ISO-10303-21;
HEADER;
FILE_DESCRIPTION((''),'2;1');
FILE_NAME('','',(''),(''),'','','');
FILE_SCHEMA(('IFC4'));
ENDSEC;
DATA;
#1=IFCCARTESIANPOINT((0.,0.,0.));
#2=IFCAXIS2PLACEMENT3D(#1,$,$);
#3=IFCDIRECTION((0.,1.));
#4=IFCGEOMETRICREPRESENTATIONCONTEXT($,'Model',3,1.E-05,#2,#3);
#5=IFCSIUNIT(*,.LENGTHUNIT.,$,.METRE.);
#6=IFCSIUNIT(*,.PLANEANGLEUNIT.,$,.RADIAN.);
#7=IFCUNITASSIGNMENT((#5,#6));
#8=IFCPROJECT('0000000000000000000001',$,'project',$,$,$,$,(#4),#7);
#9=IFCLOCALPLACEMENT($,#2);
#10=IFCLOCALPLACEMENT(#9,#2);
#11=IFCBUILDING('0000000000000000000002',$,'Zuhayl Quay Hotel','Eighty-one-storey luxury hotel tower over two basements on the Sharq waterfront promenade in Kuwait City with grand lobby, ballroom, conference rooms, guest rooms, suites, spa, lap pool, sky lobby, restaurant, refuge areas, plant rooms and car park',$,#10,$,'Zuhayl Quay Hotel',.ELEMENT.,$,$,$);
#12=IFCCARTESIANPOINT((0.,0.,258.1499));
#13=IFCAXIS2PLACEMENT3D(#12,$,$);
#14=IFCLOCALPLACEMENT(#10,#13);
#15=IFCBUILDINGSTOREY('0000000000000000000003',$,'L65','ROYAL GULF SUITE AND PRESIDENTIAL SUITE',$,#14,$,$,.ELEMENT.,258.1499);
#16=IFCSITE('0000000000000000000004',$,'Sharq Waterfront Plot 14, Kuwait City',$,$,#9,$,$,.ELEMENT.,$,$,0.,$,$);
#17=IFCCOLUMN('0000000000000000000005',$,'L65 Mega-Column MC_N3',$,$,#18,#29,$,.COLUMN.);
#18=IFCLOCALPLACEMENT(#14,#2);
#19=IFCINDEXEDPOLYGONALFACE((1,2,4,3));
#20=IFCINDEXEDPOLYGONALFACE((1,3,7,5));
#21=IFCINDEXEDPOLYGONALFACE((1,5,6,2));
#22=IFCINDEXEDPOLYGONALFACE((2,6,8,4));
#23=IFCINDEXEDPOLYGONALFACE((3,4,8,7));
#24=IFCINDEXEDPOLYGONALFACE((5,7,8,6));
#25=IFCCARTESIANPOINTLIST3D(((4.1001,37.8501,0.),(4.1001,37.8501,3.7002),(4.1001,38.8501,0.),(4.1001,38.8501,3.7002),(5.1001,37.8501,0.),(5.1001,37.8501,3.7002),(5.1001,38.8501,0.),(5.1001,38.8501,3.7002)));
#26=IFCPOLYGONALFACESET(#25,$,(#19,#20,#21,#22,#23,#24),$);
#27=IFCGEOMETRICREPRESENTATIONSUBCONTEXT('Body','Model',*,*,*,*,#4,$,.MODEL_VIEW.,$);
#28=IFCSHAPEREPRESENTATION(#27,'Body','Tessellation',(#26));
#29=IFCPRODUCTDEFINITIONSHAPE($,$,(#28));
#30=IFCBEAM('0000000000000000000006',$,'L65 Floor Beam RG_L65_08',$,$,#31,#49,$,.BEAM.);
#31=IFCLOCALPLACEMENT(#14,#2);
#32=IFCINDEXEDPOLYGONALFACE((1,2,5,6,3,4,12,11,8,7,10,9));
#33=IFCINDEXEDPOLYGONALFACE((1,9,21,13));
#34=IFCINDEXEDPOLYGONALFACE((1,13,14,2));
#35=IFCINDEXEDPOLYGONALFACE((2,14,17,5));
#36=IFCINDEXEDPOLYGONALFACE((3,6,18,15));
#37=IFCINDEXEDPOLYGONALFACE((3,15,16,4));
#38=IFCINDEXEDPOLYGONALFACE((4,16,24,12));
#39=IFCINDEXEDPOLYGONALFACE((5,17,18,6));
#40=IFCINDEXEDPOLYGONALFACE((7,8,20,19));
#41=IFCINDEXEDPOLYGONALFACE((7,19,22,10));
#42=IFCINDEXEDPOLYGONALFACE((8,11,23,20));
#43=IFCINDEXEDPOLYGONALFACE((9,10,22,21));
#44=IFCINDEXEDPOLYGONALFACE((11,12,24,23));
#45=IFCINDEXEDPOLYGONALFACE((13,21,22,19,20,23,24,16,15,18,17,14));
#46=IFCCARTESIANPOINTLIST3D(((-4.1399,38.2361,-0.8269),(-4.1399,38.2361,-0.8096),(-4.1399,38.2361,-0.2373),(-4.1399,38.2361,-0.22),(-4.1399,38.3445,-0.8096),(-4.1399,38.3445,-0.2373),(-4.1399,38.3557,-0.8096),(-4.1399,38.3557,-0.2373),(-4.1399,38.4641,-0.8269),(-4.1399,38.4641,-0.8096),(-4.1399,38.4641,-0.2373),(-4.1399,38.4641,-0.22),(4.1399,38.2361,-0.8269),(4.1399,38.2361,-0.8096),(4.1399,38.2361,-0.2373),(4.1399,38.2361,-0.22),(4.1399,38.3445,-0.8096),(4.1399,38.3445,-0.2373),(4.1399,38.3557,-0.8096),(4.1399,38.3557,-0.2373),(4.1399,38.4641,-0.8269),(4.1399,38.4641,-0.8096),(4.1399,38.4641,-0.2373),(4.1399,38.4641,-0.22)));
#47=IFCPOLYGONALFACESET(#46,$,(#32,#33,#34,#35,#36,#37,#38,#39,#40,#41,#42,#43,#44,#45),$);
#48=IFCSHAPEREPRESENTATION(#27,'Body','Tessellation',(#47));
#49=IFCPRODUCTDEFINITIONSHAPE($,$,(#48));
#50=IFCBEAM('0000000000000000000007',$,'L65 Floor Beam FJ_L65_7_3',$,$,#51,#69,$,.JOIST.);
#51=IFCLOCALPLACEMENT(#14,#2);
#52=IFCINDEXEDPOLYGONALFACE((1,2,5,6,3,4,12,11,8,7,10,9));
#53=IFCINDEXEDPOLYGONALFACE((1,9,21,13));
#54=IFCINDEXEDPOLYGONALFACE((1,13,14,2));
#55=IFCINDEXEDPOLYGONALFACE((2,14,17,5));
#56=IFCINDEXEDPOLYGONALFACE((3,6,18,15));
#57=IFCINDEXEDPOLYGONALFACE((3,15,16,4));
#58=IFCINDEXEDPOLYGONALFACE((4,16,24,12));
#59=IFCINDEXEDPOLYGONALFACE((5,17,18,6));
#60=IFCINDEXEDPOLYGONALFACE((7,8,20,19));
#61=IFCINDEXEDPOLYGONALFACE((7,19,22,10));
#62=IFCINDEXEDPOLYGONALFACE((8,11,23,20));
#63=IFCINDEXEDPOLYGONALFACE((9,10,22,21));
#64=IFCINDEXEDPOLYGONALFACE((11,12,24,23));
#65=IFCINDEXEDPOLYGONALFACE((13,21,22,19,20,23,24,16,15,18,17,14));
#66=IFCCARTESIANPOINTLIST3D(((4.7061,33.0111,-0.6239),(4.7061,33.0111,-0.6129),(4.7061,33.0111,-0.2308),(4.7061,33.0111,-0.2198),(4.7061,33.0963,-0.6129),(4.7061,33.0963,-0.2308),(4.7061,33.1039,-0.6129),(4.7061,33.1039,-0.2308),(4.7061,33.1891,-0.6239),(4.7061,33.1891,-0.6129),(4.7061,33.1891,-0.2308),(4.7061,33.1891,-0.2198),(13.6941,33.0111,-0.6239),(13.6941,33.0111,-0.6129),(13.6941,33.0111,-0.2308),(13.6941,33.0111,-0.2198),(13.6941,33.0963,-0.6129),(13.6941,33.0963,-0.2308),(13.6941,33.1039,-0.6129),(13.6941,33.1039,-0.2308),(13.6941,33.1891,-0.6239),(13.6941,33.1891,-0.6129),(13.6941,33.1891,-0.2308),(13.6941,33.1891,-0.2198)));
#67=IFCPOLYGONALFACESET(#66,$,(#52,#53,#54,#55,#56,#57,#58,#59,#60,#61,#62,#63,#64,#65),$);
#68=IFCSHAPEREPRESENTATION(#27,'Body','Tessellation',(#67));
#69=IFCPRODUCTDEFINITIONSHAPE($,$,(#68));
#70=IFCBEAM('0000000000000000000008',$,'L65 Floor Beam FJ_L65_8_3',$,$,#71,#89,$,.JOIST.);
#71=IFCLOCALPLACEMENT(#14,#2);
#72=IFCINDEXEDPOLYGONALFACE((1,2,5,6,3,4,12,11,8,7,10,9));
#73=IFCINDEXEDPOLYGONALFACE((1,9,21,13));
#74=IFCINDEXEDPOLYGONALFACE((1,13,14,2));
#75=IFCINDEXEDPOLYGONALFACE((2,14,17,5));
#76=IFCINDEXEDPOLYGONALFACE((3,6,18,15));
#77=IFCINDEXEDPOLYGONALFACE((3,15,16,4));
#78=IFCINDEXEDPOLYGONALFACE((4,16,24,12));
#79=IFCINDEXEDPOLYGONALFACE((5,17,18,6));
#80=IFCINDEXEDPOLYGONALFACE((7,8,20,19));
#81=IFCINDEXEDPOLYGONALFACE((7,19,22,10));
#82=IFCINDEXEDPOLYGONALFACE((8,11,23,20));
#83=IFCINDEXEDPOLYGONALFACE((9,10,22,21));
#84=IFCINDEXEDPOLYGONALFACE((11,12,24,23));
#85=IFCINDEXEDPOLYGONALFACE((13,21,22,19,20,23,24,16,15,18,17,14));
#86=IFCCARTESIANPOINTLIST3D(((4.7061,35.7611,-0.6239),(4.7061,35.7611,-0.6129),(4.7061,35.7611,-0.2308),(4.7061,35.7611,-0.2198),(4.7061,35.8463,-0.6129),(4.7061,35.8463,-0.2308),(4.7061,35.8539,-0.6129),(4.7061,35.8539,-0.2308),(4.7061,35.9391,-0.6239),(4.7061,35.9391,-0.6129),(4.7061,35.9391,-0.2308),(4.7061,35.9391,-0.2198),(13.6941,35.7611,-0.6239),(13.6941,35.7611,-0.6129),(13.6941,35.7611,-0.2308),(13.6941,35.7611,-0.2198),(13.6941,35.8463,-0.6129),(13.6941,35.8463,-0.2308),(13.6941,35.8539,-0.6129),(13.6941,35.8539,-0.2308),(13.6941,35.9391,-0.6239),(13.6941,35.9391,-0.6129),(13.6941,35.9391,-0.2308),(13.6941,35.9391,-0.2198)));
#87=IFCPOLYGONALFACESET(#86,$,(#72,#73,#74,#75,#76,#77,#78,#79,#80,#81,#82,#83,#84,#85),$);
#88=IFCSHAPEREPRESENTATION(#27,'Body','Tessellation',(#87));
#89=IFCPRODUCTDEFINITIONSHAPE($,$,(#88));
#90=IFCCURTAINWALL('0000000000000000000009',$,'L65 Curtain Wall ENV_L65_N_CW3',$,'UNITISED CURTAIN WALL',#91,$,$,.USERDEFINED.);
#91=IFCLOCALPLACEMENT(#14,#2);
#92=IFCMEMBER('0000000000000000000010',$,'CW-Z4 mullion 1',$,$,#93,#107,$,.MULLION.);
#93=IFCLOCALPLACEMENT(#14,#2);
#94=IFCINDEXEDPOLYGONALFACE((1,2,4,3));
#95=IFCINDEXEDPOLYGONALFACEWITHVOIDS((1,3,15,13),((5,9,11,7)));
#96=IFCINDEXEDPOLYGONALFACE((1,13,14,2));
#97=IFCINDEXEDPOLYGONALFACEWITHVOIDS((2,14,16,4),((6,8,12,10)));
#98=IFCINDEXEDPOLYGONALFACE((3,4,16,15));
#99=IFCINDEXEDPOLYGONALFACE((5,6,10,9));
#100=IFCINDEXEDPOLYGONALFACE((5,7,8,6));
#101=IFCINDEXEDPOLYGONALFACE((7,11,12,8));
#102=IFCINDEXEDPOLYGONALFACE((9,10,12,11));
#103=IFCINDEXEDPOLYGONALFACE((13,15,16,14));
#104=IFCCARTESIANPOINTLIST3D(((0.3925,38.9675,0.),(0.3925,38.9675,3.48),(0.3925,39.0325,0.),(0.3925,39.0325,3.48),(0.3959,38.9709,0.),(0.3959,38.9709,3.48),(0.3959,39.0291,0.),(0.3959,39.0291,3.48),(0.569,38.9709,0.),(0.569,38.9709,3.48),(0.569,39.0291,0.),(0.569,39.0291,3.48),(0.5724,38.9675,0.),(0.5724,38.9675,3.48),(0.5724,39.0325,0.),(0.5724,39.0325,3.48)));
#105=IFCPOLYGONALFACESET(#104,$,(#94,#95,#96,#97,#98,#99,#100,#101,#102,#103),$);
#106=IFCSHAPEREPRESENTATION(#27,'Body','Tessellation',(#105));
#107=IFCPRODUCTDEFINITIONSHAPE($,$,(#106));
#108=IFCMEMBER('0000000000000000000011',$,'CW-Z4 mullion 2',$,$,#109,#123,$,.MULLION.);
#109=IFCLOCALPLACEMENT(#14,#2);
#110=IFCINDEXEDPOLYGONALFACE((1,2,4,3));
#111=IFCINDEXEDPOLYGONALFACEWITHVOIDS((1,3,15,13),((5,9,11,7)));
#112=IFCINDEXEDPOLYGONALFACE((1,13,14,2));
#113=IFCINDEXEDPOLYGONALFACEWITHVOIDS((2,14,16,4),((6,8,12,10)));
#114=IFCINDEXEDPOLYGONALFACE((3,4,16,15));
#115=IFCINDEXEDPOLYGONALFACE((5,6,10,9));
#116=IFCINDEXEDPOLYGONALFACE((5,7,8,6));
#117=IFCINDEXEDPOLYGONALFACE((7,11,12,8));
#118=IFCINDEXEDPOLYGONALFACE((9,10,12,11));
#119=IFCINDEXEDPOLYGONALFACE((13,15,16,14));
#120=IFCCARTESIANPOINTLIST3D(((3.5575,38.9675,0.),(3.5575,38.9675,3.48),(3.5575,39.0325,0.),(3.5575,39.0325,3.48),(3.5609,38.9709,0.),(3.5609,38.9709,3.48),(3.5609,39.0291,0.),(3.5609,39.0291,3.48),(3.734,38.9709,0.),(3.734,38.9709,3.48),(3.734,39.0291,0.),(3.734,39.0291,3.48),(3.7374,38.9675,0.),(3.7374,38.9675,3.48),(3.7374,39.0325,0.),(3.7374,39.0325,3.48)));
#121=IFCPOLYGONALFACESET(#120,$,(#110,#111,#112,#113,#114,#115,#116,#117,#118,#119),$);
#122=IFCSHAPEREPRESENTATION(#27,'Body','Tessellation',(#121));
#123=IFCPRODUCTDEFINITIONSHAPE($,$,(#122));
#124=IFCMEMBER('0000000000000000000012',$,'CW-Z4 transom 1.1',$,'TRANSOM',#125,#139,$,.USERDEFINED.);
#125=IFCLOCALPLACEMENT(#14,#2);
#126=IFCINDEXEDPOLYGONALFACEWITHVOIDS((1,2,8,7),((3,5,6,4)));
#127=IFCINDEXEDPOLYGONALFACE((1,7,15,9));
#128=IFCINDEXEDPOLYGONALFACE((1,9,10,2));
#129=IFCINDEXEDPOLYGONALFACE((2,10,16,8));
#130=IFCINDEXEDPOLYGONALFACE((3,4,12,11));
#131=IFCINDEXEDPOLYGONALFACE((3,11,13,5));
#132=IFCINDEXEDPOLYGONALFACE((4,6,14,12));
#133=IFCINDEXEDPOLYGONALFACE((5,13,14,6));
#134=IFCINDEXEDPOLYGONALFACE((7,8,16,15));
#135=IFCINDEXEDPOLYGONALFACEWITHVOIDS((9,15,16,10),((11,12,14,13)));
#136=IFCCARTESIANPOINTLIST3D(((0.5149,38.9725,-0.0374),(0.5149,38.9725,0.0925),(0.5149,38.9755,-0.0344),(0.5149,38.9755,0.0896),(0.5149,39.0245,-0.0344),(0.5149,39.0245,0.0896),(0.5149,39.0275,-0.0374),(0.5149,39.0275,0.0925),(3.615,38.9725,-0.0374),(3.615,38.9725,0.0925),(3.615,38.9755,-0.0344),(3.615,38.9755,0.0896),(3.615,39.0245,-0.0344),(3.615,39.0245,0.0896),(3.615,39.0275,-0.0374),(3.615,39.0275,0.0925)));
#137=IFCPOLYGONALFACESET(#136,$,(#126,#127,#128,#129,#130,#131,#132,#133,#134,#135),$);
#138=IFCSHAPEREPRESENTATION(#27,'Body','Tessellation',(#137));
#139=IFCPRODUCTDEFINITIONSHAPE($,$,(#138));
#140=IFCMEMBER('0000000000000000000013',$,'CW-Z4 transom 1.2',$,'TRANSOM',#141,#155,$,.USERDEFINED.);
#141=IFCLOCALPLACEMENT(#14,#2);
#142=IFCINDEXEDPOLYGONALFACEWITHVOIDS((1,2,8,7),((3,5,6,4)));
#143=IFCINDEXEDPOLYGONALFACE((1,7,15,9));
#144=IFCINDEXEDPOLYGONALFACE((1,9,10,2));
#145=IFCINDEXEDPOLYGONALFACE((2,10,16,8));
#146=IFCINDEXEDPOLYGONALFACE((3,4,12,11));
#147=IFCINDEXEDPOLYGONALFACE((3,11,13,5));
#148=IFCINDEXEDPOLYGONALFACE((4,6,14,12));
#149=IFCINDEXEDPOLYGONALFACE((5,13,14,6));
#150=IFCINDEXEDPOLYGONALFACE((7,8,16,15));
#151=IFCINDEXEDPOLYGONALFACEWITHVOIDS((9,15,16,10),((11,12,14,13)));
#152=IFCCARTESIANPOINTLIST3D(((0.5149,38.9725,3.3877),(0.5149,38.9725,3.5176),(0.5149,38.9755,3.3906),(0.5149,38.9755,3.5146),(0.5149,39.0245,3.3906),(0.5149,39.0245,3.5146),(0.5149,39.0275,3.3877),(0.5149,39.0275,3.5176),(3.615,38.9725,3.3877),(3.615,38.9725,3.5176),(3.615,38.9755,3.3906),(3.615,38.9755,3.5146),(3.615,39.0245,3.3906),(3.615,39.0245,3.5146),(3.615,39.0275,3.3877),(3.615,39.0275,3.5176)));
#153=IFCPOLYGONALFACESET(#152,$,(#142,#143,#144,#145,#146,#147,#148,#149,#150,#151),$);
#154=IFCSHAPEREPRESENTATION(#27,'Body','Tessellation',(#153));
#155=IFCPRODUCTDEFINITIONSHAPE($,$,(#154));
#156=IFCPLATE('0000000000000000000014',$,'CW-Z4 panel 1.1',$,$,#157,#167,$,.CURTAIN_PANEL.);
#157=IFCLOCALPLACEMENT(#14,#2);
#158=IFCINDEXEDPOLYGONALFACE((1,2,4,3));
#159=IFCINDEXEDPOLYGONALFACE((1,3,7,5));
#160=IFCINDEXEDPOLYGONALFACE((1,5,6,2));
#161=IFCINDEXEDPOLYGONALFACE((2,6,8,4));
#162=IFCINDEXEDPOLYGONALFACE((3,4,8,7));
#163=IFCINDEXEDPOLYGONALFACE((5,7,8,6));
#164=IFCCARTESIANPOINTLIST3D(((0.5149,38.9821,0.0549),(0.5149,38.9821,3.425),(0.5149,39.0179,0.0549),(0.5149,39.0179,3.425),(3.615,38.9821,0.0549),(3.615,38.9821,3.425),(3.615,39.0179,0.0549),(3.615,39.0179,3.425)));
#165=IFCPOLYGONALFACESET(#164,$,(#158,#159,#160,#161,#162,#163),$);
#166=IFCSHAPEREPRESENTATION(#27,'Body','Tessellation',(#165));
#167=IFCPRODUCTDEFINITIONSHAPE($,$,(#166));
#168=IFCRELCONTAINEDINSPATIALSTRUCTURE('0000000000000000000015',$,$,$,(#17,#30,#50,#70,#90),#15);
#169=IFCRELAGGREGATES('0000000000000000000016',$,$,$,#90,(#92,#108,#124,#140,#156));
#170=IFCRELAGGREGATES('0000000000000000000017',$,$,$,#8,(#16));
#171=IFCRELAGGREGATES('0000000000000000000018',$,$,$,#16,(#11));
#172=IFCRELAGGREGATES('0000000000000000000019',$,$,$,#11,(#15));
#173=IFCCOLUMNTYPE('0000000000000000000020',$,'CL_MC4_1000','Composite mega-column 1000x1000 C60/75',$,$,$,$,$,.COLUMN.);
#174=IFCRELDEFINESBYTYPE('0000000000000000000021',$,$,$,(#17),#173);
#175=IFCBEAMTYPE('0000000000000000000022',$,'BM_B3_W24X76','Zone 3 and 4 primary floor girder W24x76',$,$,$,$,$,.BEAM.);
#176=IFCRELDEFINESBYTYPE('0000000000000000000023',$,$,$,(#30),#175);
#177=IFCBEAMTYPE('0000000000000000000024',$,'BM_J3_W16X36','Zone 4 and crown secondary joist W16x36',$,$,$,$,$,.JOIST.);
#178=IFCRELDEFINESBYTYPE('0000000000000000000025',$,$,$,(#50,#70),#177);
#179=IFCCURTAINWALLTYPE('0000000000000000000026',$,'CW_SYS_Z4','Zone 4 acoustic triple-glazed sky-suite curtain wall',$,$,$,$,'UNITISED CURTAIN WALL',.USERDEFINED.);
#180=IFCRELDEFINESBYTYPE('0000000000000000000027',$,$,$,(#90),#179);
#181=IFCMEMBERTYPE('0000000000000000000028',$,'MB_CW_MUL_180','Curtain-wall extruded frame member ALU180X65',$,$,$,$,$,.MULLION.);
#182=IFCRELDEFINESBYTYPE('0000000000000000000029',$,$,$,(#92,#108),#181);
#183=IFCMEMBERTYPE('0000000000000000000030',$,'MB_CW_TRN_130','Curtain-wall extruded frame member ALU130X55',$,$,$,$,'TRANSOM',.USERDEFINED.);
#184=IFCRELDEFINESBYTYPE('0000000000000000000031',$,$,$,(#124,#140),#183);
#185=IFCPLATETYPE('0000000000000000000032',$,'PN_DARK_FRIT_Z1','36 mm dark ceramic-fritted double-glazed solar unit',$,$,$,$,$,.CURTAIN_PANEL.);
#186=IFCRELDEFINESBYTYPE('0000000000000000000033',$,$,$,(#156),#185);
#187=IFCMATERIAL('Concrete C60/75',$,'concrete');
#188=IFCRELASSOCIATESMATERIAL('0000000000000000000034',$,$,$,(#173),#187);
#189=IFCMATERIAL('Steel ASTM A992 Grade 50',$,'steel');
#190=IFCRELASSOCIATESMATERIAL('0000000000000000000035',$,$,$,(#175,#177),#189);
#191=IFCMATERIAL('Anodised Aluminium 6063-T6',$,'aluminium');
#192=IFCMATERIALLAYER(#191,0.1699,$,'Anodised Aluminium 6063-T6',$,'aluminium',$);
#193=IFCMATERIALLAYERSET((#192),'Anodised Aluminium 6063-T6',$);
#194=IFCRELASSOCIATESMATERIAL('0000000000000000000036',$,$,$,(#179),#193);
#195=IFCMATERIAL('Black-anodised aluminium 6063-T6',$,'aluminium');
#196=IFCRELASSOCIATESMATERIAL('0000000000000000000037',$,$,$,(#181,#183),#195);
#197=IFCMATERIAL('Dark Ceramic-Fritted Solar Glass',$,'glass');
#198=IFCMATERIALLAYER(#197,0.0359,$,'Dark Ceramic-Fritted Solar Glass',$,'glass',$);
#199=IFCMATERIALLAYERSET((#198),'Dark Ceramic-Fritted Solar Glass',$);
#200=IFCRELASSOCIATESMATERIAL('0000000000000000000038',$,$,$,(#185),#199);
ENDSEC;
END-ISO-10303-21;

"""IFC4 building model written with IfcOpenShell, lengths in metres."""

from ifc_helpers import new_model, si_unit, direction, frame, origin, origin_2d, place, context, subcontext, project, spatial, rectangle, hollow_rectangle, i_section, extrude, material, layer, layer_set, material_profile, profile_set, type_object, element, aggregate, save


model = new_model("IFC4")

# Units and contexts
model_context = context("Model", 3, precision=1e-05, world=origin(), true_north=direction((0.0, 1.0)))
body_context = subcontext(model_context, "Body", "Model", "MODEL_VIEW")
ifc_project = project(units=[si_unit("LENGTHUNIT", "METRE"), si_unit("PLANEANGLEUNIT", "RADIAN")], contexts=[model_context])

# Site, building, storey
site_placement = place(None, origin())
site = spatial("IfcSite", under=ifc_project, at=site_placement, Name="Sharq Waterfront Plot 14, Kuwait City", CompositionType="ELEMENT", RefElevation=0.0)
building_placement = place(site_placement, origin())
building = spatial("IfcBuilding", under=site, at=building_placement, Name="Zuhayl Quay Hotel", Description="Eighty-one-storey luxury hotel tower over two basements on the Sharq waterfront promenade in Kuwait City with grand lobby, ballroom, conference rooms, guest rooms, suites, spa, lap pool, sky lobby, restaurant, refuge areas, plant rooms and car park", LongName="Zuhayl Quay Hotel", CompositionType="ELEMENT")
storey_placement = place(building_placement, frame((0.0, 0.0, 258.1499)))
storey = spatial("IfcBuildingStorey", under=building, at=storey_placement, Name="L65", Description="ROYAL GULF SUITE AND PRESIDENTIAL SUITE", CompositionType="ELEMENT", Elevation=258.1499)

# Column
ifc_material_1 = material(Name="Concrete C60/75", Category="concrete")
ifc_material_profile_1 = material_profile(ifc_material_1, rectangle(XDim=1.0, YDim=1.0, at=origin_2d()), Name="RC1000X1000")
ifc_profile_set_1 = profile_set([ifc_material_profile_1], Name="Concrete C60/75")
column_type = type_object("IfcColumnType", Name="CL_MC4_1000", Description="Composite mega-column 1000x1000 C60/75", PredefinedType="COLUMN", material=ifc_profile_set_1)
column_placement = place(storey_placement, frame((4.6001, 38.3501, 0.0), z_axis=(0.0, 0.0, 1.0), x_axis=(1.0, 0.0, 0.0)))
element("IfcColumn", 1, at=column_placement, inside=storey, type_object=column_type, Name="L65 Mega-Column MC_N3", PredefinedType="COLUMN", context=body_context, shape_type="SweptSolid", body=[
    extrude(rectangle(XDim=1.0, YDim=1.0, at=origin_2d()), origin(), (0.0, 0.0, 1.0), 3.7002),
])

# Beams
ifc_material_2 = material(Name="Steel ASTM A992 Grade 50", Category="steel")
ifc_material_profile_2 = material_profile(ifc_material_2, i_section(OverallWidth=0.228, OverallDepth=0.6069, WebThickness=0.0112, FlangeThickness=0.0173, at=origin_2d()), Name="W24X76")
ifc_profile_set_2 = profile_set([ifc_material_profile_2], Name="Steel ASTM A992 Grade 50")
beam_type_1 = type_object("IfcBeamType", Name="BM_B3_W24X76", Description="Zone 3 and 4 primary floor girder W24x76", PredefinedType="BEAM", material=ifc_profile_set_2)
beam_placement = place(storey_placement, frame((4.1399, 38.3501, -0.5234), z_axis=(-1.0, 0.0, 0.0), x_axis=(0.0, -1.0, 0.0)))
element("IfcBeam", 2, at=beam_placement, inside=storey, type_object=beam_type_1, Name="L65 Floor Beam RG_L65_08", PredefinedType="BEAM", context=body_context, shape_type="SweptSolid", body=[
    extrude(i_section(OverallWidth=0.228, OverallDepth=0.6069, WebThickness=0.0112, FlangeThickness=0.0173, at=origin_2d()), origin(), (0.0, 0.0, 1.0), 8.2798),
])
ifc_material_profile_3 = material_profile(ifc_material_2, i_section(OverallWidth=0.178, OverallDepth=0.4041, WebThickness=0.0076, FlangeThickness=0.011, at=origin_2d()), Name="W16X36")
ifc_profile_set_3 = profile_set([ifc_material_profile_3], Name="Steel ASTM A992 Grade 50")
beam_type_2 = type_object("IfcBeamType", Name="BM_J3_W16X36", Description="Zone 4 and crown secondary joist W16x36", PredefinedType="JOIST", material=ifc_profile_set_3)
for number, where, z_axis, x_axis, name in (
    (3, (4.7061, 33.1001, -0.4219), (1.0, 0.0, 0.0), (0.0, 1.0, 0.0), "L65 Floor Beam FJ_L65_7_3"),
    (4, (4.7061, 35.8501, -0.4219), (1.0, 0.0, 0.0), (0.0, 1.0, 0.0), "L65 Floor Beam FJ_L65_8_3"),
):
    element("IfcBeam", number, at=place(storey_placement, frame(where, z_axis=z_axis, x_axis=x_axis)), inside=storey, type_object=beam_type_2, Name=name, PredefinedType="JOIST", context=body_context, shape_type="SweptSolid", body=[
        extrude(i_section(OverallWidth=0.178, OverallDepth=0.4041, WebThickness=0.0076, FlangeThickness=0.011, at=origin_2d()), origin(), (0.0, 0.0, 1.0), 8.988),
    ])

# Curtain wall, members, plate
ifc_material_3 = material(Name="Anodised Aluminium 6063-T6", Category="aluminium")
ifc_layer_1 = layer(ifc_material_3, 0.1699, Name="Anodised Aluminium 6063-T6", Category="aluminium")
ifc_layer_set_1 = layer_set([ifc_layer_1], Name="Anodised Aluminium 6063-T6")
curtain_wall_type = type_object("IfcCurtainWallType", Name="CW_SYS_Z4", Description="Zone 4 acoustic triple-glazed sky-suite curtain wall", ElementType="UNITISED CURTAIN WALL", PredefinedType="USERDEFINED", material=ifc_layer_set_1)
curtain_wall_placement = place(storey_placement, origin())
curtain_wall = element("IfcCurtainWall", 5, at=curtain_wall_placement, inside=storey, type_object=curtain_wall_type, Name="L65 Curtain Wall ENV_L65_N_CW3", ObjectType="UNITISED CURTAIN WALL", PredefinedType="USERDEFINED")
ifc_material_4 = material(Name="Black-anodised aluminium 6063-T6", Category="aluminium")
ifc_material_profile_4 = material_profile(ifc_material_4, hollow_rectangle(XDim=0.0649, YDim=0.1799, WallThickness=0.0034, at=origin_2d()), Name="ALU180X65")
ifc_profile_set_4 = profile_set([ifc_material_profile_4], Name="Black-anodised aluminium 6063-T6")
member_type_1 = type_object("IfcMemberType", Name="MB_CW_MUL_180", Description="Curtain-wall extruded frame member ALU180X65", PredefinedType="MULLION", material=ifc_profile_set_4)
member_1_placement = place(storey_placement, frame((0.4824, 39.0, 0.0), z_axis=(0.0, 0.0, 1.0), x_axis=(0.0, 1.0, 0.0)))
member_1 = element("IfcMember", 6, at=member_1_placement, type_object=member_type_1, Name="CW-Z4 mullion 1", PredefinedType="MULLION", context=body_context, shape_type="SweptSolid", body=[
    extrude(hollow_rectangle(XDim=0.0649, YDim=0.1799, WallThickness=0.0034, at=origin_2d()), origin(), (0.0, 0.0, 1.0), 3.48),
])
member_2_placement = place(storey_placement, frame((3.6475, 39.0, 0.0), z_axis=(0.0, 0.0, 1.0), x_axis=(0.0, 1.0, 0.0)))
member_2 = element("IfcMember", 7, at=member_2_placement, type_object=member_type_1, Name="CW-Z4 mullion 2", PredefinedType="MULLION", context=body_context, shape_type="SweptSolid", body=[
    extrude(hollow_rectangle(XDim=0.0649, YDim=0.1799, WallThickness=0.0034, at=origin_2d()), origin(), (0.0, 0.0, 1.0), 3.48),
])
ifc_material_profile_5 = material_profile(ifc_material_4, hollow_rectangle(XDim=0.0549, YDim=0.1299, WallThickness=0.0029, at=origin_2d()), Name="ALU130X55")
ifc_profile_set_5 = profile_set([ifc_material_profile_5], Name="Black-anodised aluminium 6063-T6")
member_type_2 = type_object("IfcMemberType", Name="MB_CW_TRN_130", Description="Curtain-wall extruded frame member ALU130X55", ElementType="TRANSOM", PredefinedType="USERDEFINED", material=ifc_profile_set_5)
member_3_placement = place(storey_placement, frame((0.5149, 39.0, 0.0276), z_axis=(1.0, 0.0, 0.0), x_axis=(0.0, 1.0, 0.0)))
member_3 = element("IfcMember", 8, at=member_3_placement, type_object=member_type_2, Name="CW-Z4 transom 1.1", ObjectType="TRANSOM", PredefinedType="USERDEFINED", context=body_context, shape_type="SweptSolid", body=[
    extrude(hollow_rectangle(XDim=0.0549, YDim=0.1299, WallThickness=0.0029, at=origin_2d()), origin(), (0.0, 0.0, 1.0), 3.1001),
])
member_4_placement = place(storey_placement, frame((0.5149, 39.0, 3.4526), z_axis=(1.0, 0.0, 0.0), x_axis=(0.0, 1.0, 0.0)))
member_4 = element("IfcMember", 9, at=member_4_placement, type_object=member_type_2, Name="CW-Z4 transom 1.2", ObjectType="TRANSOM", PredefinedType="USERDEFINED", context=body_context, shape_type="SweptSolid", body=[
    extrude(hollow_rectangle(XDim=0.0549, YDim=0.1299, WallThickness=0.0029, at=origin_2d()), origin(), (0.0, 0.0, 1.0), 3.1001),
])
ifc_material_5 = material(Name="Dark Ceramic-Fritted Solar Glass", Category="glass")
ifc_layer_2 = layer(ifc_material_5, 0.0359, Name="Dark Ceramic-Fritted Solar Glass", Category="glass")
ifc_layer_set_2 = layer_set([ifc_layer_2], Name="Dark Ceramic-Fritted Solar Glass")
plate_type = type_object("IfcPlateType", Name="PN_DARK_FRIT_Z1", Description="36 mm dark ceramic-fritted double-glazed solar unit", PredefinedType="CURTAIN_PANEL", material=ifc_layer_set_2)
plate_placement = place(storey_placement, frame((2.0649, 39.0, 0.0549), z_axis=(0.0, 0.0, 1.0), x_axis=(1.0, 0.0, 0.0)))
plate = element("IfcPlate", 10, at=plate_placement, type_object=plate_type, Name="CW-Z4 panel 1.1", PredefinedType="CURTAIN_PANEL", context=body_context, shape_type="SweptSolid", body=[
    extrude(rectangle(XDim=3.1001, YDim=0.0359, at=origin_2d()), origin(), (0.0, 0.0, 1.0), 3.3701),
])
aggregate(curtain_wall, [member_1, member_2, member_3, member_4, plate])

save(model, "model.ifc")
